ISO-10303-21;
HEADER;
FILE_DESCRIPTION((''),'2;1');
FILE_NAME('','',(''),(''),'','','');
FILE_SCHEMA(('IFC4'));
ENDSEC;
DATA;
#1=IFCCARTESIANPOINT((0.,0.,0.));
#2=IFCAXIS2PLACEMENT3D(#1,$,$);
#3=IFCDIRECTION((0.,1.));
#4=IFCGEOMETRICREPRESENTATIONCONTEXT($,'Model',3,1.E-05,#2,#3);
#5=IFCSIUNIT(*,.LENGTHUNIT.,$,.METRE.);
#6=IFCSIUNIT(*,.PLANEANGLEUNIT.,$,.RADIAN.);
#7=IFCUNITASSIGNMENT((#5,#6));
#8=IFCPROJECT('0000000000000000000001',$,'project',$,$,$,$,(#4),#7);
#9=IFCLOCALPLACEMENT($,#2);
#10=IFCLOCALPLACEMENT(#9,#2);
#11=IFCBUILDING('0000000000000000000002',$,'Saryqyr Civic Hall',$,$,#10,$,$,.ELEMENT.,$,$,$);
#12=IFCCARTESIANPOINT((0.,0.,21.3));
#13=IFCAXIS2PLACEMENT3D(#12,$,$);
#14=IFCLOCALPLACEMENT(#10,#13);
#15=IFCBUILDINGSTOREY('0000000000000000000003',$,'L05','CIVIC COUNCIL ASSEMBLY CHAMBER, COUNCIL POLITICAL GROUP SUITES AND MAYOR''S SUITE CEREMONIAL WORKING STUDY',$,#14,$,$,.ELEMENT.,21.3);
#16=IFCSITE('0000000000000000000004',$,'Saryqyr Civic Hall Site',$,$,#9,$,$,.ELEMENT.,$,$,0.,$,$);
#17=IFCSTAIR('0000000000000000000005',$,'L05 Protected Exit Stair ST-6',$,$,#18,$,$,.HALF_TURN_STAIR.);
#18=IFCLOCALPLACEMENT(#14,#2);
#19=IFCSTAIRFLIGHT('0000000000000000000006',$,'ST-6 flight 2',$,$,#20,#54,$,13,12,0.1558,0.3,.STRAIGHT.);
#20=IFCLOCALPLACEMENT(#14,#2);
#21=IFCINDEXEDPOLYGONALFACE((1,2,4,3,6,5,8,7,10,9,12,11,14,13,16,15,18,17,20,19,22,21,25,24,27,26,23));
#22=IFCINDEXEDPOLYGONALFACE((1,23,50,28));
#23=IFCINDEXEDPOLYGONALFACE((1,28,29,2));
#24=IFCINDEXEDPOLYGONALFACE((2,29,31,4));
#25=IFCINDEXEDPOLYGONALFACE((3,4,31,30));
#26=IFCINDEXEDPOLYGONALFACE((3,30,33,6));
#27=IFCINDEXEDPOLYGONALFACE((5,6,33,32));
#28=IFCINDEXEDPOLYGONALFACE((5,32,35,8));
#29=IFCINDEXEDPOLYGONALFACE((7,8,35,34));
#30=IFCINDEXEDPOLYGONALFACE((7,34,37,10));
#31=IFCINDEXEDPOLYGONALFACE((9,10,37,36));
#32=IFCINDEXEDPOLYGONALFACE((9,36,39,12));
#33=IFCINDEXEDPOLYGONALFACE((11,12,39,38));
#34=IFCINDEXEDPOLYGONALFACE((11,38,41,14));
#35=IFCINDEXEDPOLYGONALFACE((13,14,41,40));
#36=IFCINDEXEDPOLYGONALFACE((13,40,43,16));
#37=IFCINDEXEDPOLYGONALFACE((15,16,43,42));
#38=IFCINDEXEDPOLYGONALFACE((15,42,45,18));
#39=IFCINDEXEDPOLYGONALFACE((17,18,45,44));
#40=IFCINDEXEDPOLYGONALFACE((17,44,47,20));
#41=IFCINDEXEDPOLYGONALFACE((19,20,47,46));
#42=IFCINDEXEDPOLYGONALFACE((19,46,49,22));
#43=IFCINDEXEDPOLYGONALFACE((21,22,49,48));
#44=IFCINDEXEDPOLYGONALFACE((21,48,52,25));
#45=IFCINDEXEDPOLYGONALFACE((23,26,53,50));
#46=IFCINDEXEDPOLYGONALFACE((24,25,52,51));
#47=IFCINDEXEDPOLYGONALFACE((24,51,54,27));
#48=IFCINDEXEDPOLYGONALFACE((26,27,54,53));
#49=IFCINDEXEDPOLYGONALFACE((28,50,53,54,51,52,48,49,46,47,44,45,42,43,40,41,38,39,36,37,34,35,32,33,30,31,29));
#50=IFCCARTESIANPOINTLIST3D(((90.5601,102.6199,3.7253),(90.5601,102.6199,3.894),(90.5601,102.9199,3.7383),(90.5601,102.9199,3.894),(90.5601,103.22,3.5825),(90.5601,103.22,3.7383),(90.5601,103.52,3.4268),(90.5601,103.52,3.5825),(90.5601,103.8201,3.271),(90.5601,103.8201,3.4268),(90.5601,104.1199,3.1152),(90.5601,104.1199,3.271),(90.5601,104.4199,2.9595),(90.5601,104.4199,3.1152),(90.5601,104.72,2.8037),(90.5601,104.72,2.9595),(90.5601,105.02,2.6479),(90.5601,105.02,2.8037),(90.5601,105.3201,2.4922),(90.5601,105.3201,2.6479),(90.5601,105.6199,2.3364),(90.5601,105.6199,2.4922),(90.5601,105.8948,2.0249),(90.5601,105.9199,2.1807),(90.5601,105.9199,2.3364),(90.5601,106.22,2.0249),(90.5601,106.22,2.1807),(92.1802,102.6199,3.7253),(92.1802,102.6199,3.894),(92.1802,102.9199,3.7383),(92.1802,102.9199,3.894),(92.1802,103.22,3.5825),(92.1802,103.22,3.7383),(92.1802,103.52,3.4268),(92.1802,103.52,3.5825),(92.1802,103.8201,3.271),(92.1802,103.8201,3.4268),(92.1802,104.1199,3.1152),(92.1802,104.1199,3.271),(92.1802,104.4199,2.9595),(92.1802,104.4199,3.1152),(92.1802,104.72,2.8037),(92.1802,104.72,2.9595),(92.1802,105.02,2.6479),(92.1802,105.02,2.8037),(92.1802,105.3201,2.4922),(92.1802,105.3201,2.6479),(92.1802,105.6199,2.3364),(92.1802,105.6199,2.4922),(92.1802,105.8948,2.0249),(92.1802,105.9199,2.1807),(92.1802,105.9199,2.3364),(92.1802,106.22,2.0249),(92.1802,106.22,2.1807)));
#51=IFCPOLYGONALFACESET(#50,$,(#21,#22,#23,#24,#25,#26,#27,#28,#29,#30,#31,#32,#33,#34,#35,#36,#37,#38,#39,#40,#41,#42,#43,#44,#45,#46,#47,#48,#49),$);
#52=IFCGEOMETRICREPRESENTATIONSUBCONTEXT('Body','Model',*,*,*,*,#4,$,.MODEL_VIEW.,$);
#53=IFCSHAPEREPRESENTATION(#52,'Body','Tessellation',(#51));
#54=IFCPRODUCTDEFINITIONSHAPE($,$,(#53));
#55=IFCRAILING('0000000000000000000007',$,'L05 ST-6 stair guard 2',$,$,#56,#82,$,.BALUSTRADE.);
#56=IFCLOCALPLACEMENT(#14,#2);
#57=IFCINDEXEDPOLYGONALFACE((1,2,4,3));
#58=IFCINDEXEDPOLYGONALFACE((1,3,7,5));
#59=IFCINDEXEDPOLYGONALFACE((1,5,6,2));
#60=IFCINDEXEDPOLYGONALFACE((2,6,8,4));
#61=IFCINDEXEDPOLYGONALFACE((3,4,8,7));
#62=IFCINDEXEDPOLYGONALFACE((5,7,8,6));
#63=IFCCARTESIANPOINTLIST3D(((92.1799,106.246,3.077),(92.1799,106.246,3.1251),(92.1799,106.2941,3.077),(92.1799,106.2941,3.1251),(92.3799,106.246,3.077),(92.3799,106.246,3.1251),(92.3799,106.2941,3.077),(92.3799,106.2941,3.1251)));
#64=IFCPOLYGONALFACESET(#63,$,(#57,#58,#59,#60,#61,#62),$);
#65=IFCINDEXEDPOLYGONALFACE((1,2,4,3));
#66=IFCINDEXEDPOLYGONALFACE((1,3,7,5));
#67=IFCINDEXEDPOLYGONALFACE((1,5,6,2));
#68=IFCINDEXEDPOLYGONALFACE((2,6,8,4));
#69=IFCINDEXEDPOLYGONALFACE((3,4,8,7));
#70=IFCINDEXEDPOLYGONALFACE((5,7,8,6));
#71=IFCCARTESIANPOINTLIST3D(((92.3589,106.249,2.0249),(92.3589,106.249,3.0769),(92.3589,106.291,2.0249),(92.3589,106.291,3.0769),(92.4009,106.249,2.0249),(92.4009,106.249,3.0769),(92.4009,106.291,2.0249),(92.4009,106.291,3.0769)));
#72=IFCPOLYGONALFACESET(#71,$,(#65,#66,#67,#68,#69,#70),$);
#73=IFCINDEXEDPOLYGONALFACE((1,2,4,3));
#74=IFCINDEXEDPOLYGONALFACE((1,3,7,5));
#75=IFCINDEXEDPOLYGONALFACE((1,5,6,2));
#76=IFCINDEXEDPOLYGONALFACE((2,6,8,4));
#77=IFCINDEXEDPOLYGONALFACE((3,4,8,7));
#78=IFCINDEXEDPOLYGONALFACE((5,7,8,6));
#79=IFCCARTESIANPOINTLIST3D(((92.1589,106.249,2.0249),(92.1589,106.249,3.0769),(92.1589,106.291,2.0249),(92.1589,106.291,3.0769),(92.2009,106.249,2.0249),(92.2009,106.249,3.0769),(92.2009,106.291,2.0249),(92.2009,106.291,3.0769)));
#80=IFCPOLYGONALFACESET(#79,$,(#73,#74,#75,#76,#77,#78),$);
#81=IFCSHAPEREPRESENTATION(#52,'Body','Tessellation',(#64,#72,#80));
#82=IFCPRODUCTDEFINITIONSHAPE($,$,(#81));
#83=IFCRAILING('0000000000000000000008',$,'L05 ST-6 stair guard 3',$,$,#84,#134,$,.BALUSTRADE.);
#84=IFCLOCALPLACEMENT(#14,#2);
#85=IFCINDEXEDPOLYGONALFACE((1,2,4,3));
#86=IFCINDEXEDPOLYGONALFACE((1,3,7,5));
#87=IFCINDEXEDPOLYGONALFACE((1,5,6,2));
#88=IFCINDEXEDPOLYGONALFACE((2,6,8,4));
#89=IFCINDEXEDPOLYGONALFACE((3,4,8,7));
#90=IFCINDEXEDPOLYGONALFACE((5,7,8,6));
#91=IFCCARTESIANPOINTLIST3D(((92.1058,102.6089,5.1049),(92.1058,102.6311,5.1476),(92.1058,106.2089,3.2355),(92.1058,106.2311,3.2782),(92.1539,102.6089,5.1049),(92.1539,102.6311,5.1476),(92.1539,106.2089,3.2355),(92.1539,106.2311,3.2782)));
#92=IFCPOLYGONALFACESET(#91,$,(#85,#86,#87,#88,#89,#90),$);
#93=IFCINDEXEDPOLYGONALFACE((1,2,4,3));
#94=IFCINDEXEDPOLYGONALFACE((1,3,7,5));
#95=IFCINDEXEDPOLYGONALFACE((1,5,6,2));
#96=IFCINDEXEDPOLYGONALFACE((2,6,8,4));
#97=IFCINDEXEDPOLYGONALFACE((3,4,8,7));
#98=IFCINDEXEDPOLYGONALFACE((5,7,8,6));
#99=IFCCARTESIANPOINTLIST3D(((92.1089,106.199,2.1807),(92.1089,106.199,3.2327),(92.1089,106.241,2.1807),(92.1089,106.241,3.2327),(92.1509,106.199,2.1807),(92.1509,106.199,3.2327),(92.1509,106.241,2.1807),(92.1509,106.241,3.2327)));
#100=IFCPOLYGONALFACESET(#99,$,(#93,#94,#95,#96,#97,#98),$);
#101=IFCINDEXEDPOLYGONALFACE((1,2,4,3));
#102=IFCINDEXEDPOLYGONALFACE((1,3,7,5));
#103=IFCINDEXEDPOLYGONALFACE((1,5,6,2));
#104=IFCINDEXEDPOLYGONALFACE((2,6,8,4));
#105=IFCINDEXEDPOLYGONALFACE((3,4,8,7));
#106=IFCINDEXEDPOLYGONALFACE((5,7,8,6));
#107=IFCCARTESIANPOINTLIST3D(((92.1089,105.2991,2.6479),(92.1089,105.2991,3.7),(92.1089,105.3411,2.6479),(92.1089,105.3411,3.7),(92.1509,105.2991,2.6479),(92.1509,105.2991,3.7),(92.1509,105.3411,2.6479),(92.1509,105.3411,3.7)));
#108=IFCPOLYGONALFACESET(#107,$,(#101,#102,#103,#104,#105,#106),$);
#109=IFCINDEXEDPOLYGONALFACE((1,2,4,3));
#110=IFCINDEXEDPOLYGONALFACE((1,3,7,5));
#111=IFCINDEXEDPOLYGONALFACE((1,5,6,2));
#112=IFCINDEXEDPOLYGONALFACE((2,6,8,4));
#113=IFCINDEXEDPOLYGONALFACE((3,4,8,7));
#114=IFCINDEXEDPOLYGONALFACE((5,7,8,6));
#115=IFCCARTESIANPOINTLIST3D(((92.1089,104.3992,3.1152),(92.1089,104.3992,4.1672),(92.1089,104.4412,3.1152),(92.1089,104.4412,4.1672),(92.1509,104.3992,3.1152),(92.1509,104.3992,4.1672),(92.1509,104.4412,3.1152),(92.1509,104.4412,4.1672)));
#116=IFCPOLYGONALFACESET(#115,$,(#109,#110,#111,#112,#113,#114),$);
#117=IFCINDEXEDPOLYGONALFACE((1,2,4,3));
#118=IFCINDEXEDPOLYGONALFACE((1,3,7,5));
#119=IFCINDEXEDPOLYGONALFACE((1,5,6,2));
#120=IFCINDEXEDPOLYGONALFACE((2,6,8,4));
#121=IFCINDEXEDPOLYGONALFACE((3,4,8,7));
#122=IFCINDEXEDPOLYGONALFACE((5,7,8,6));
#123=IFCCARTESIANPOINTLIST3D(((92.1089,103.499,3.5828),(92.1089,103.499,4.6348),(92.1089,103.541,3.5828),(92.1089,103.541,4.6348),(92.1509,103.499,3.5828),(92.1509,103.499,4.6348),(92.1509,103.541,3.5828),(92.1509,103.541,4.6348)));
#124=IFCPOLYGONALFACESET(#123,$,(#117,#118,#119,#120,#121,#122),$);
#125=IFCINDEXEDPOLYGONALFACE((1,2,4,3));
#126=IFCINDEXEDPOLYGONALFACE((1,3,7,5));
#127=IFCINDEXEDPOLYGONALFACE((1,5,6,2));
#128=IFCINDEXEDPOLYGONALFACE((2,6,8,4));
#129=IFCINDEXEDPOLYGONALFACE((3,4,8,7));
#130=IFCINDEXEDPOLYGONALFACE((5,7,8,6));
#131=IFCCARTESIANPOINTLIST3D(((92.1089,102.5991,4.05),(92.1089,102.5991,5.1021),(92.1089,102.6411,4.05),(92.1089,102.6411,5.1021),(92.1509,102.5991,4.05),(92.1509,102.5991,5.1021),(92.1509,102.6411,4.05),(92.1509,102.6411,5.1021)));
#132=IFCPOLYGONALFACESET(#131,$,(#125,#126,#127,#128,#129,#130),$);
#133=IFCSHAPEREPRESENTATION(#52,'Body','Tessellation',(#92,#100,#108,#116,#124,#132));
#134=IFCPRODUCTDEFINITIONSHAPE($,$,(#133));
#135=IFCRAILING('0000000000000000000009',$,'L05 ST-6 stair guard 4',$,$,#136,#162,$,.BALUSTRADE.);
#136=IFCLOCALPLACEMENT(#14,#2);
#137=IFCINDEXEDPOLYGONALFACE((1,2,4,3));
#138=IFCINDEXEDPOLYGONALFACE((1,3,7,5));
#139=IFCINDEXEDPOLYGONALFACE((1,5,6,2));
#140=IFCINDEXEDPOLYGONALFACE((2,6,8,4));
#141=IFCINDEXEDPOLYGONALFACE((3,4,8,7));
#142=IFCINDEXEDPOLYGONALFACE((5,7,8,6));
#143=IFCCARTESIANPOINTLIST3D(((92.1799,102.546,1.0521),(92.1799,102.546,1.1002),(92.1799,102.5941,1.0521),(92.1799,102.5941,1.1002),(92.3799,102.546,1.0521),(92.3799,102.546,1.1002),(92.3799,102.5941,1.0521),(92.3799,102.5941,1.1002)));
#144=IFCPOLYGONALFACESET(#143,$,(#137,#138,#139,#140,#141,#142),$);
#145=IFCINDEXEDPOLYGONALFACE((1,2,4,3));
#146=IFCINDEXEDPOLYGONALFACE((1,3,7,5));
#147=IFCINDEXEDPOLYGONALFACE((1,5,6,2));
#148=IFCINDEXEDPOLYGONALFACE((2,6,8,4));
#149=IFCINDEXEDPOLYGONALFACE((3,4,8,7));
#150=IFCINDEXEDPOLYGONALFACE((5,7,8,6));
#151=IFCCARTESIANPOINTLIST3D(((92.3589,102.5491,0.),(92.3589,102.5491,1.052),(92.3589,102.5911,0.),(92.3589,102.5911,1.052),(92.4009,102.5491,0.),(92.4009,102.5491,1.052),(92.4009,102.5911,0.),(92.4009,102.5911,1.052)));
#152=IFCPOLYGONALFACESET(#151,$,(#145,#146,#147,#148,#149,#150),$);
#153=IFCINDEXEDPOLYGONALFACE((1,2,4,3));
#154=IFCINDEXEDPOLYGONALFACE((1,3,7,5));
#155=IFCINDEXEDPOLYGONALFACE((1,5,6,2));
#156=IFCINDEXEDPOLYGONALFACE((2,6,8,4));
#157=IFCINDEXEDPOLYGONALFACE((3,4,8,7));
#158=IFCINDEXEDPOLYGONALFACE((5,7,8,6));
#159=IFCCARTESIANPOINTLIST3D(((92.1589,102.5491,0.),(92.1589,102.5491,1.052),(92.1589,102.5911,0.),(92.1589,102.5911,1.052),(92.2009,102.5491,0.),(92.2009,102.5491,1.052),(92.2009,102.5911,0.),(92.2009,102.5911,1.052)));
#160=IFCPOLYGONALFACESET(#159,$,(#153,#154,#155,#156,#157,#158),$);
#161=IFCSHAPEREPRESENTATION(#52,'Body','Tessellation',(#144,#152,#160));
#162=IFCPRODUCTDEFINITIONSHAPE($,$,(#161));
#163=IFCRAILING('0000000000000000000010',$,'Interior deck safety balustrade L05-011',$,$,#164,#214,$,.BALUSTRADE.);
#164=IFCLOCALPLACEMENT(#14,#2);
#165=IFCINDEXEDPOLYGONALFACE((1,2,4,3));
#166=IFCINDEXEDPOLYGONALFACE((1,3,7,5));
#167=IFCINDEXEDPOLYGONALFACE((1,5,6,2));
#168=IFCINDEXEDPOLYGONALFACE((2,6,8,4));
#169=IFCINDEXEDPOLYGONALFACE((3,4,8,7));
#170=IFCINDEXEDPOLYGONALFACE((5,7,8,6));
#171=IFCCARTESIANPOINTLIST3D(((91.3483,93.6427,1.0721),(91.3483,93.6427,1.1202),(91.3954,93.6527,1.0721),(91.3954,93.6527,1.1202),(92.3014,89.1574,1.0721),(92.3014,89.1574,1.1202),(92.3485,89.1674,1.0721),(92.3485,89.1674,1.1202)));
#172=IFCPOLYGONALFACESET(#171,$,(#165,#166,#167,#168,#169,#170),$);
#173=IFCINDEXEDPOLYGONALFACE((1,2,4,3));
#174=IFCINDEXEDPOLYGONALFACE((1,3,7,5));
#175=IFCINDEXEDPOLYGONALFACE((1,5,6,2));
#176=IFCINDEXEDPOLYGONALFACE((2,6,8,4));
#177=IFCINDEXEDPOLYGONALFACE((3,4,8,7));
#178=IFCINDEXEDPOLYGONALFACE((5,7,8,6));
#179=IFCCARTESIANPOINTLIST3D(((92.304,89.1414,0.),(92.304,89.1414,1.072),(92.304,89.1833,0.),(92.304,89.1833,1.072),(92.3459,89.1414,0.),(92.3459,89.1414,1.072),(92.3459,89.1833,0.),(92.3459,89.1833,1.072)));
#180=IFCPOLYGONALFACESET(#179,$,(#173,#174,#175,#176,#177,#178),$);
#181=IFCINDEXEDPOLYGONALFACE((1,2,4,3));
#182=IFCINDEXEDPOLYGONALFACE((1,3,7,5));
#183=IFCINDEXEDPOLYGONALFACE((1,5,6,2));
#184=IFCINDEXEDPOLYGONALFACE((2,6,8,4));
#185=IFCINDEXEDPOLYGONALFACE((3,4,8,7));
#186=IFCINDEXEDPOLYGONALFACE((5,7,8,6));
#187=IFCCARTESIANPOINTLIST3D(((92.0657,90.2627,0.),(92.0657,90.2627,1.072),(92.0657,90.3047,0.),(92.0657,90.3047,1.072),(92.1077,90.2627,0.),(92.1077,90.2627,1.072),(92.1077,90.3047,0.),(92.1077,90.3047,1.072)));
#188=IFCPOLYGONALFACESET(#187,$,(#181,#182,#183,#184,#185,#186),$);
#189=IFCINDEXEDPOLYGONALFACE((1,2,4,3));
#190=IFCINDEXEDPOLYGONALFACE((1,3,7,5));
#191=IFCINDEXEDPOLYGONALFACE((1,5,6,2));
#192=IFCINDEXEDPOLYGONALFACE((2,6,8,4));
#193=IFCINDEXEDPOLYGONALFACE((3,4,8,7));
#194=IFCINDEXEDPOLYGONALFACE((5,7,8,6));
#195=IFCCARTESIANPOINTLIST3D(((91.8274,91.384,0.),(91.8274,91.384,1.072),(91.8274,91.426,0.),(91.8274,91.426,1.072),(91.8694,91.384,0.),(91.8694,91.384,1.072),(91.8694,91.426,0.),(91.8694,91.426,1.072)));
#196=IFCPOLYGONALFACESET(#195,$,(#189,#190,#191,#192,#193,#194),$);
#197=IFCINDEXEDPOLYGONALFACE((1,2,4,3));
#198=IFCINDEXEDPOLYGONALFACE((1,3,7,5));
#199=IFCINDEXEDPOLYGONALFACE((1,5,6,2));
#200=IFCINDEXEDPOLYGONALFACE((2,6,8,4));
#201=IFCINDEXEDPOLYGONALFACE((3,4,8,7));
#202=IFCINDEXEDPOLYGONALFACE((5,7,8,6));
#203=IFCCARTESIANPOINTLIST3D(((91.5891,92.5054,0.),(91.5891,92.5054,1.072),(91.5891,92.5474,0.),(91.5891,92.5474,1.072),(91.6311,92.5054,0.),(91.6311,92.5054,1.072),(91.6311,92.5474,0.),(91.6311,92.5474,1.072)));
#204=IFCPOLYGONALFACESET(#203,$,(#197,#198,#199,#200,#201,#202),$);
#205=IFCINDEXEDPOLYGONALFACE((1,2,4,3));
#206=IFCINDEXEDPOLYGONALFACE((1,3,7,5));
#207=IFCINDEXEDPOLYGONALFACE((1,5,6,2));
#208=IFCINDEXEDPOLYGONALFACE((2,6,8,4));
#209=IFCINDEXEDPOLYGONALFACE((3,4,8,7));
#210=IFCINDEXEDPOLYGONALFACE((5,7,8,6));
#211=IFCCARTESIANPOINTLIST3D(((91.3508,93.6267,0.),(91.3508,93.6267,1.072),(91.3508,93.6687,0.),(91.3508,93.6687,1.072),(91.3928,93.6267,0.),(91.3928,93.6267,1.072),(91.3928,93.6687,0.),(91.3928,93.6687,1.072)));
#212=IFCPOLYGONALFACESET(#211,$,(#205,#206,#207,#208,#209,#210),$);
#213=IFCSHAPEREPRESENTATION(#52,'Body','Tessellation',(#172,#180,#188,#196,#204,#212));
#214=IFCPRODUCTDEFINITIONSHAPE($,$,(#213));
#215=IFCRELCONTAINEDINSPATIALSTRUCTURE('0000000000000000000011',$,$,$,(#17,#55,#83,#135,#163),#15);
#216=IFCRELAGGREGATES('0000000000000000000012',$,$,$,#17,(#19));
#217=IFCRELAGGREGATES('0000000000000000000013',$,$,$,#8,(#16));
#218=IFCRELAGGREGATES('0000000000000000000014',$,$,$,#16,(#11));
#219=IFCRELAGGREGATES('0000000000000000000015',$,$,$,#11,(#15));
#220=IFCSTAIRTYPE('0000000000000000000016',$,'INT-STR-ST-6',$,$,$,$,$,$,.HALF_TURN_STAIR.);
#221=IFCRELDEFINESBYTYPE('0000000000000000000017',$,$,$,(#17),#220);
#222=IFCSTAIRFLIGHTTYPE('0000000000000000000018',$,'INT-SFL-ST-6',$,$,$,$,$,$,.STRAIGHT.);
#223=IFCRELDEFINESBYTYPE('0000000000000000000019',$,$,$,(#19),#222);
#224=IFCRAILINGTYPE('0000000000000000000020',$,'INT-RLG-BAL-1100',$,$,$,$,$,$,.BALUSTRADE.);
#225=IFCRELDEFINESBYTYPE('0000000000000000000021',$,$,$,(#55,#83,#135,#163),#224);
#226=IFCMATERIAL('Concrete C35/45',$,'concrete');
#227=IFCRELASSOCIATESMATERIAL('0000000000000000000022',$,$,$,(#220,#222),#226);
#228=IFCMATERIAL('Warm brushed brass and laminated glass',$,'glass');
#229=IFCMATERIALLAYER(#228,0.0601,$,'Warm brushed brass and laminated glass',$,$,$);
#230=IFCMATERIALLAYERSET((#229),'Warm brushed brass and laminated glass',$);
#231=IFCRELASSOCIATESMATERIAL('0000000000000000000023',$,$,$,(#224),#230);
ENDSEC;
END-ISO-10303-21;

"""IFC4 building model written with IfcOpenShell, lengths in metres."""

from ifc_helpers import new_model, si_unit, direction, frame, origin, origin_2d, place, context, subcontext, project, spatial, polyline, rectangle, outline, extrude, material, layer, layer_set, type_object, element, aggregate, save


model = new_model("IFC4")

# Units and contexts
model_context = context("Model", 3, precision=1e-05, world=origin(), true_north=direction((0.0, 1.0)))
body_context = subcontext(model_context, "Body", "Model", "MODEL_VIEW")
ifc_project = project(units=[si_unit("LENGTHUNIT", "METRE"), si_unit("PLANEANGLEUNIT", "RADIAN")], contexts=[model_context])

# Site, building, storey
site_placement = place(None, origin())
site = spatial("IfcSite", under=ifc_project, at=site_placement, Name="Saryqyr Civic Hall Site", CompositionType="ELEMENT", RefElevation=0.0)
building_placement = place(site_placement, origin())
building = spatial("IfcBuilding", under=site, at=building_placement, Name="Saryqyr Civic Hall", CompositionType="ELEMENT")
storey_placement = place(building_placement, frame((0.0, 0.0, 21.3)))
storey = spatial("IfcBuildingStorey", under=building, at=storey_placement, Name="L05", Description="CIVIC COUNCIL ASSEMBLY CHAMBER, COUNCIL POLITICAL GROUP SUITES AND MAYOR'S SUITE CEREMONIAL WORKING STUDY", CompositionType="ELEMENT", Elevation=21.3)

# Shared definitions
ifc_material_1 = material(Name="Concrete C35/45", Category="concrete")

# Stair, stair flight
stair_type = type_object("IfcStairType", Name="INT-STR-ST-6", PredefinedType="HALF_TURN_STAIR", material=ifc_material_1)
stair_placement = place(storey_placement, origin())
stair = element("IfcStair", 1, at=stair_placement, inside=storey, type_object=stair_type, Name="L05 Protected Exit Stair ST-6", PredefinedType="HALF_TURN_STAIR")
stair_flight_type = type_object("IfcStairFlightType", Name="INT-SFL-ST-6", PredefinedType="STRAIGHT", material=ifc_material_1)
stair_flight_placement = place(storey_placement, frame((91.3701, 106.22, 2.0249), z_axis=(0.0, 0.0, 1.0), x_axis=(0.0, -1.0, 0.0)))
stair_flight = element("IfcStairFlight", 2, at=stair_flight_placement, type_object=stair_flight_type, Name="ST-6 flight 2", NumberOfRisers=13, NumberOfTreads=12, PredefinedType="STRAIGHT", RiserHeight=0.1558, TreadLength=0.3, context=body_context, shape_type="SweptSolid", body=[
    extrude(outline(polyline([(0.0, 0.0), (0.0, 0.1558), (0.3, 0.1558), (0.3, 0.3115), (0.6001, 0.3115), (0.6001, 0.4673), (0.8999, 0.4673), (0.8999, 0.623), (1.2, 0.623), (1.2, 0.7788), (1.5, 0.7788), (1.5, 0.9346), (1.8, 0.9346), (1.8, 1.0903), (2.1001, 1.0903), (2.1001, 1.2461), (2.3999, 1.2461), (2.3999, 1.4019), (2.7, 1.4019), (2.7, 1.5576), (3.0, 1.5576), (3.0, 1.7134), (3.3, 1.7134), (3.3, 1.8691), (3.6001, 1.8691), (3.6001, 2.0249), (3.6001, 1.7004), (0.3252, 0.0), (0.0, 0.0)])), frame((0.0, 0.8101, 0.0), z_axis=(0.0, -1.0, 0.0), x_axis=(1.0, 0.0, 0.0)), (0.0, 0.0, 1.0), 1.6201),
])
aggregate(stair, [stair_flight])

# Railings
ifc_material_2 = material(Name="Warm brushed brass and laminated glass", Category="glass")
ifc_layer_1 = layer(ifc_material_2, 0.0601, Name="Warm brushed brass and laminated glass")
ifc_layer_set_1 = layer_set([ifc_layer_1], Name="Warm brushed brass and laminated glass")
railing_type_1 = type_object("IfcRailingType", Name="INT-RLG-BAL-1100", PredefinedType="BALUSTRADE", material=ifc_layer_set_1)
railing_1_placement = place(storey_placement, frame((92.3799, 106.27, 2.0249)))
element("IfcRailing", 3, at=railing_1_placement, inside=storey, type_object=railing_type_1, Name="L05 ST-6 stair guard 2", PredefinedType="BALUSTRADE", context=body_context, shape_type="SweptSolid", body=[
    extrude(rectangle(XDim=0.0481, YDim=0.0481, at=origin_2d()), frame((0.0, 0.0, 1.0762), z_axis=(-1.0, 0.0, 0.0), x_axis=(0.0, -1.0, 0.0)), (0.0, 0.0, 1.0), 0.2),
    extrude(rectangle(XDim=0.042, YDim=0.042, at=origin_2d()), origin(), (0.0, 0.0, 1.0), 1.052),
    extrude(rectangle(XDim=0.042, YDim=0.042, at=origin_2d()), frame((-0.2, 0.0, 0.0)), (0.0, 0.0, 1.0), 1.052),
])
railing_2_placement = place(storey_placement, frame((92.1299, 106.22, 2.1807)))
element("IfcRailing", 4, at=railing_2_placement, inside=storey, type_object=railing_type_1, Name="L05 ST-6 stair guard 3", PredefinedType="BALUSTRADE", context=body_context, shape_type="SweptSolid", body=[
    extrude(rectangle(XDim=0.0481, YDim=0.0481, at=origin_2d()), frame((0.0, 0.0, 1.0762), z_axis=(0.0, -0.887473, 0.46086), x_axis=(1.0, 0.0, 0.0)), (0.0, 0.0, 1.0), 4.0564),
    extrude(rectangle(XDim=0.042, YDim=0.042, at=origin_2d()), origin(), (0.0, 0.0, 1.0), 1.052),
    extrude(rectangle(XDim=0.042, YDim=0.042, at=origin_2d()), frame((0.0, -0.8999, 0.4673)), (0.0, 0.0, 1.0), 1.052),
    extrude(rectangle(XDim=0.042, YDim=0.042, at=origin_2d()), frame((0.0, -1.7998, 0.9346)), (0.0, 0.0, 1.0), 1.052),
    extrude(rectangle(XDim=0.042, YDim=0.042, at=origin_2d()), frame((0.0, -2.7, 1.4021)), (0.0, 0.0, 1.0), 1.052),
    extrude(rectangle(XDim=0.042, YDim=0.042, at=origin_2d()), frame((0.0, -3.5999, 1.8694)), (0.0, 0.0, 1.0), 1.052),
])
railing_3_placement = place(storey_placement, frame((92.3799, 102.5701, 0.0)))
element("IfcRailing", 5, at=railing_3_placement, inside=storey, type_object=railing_type_1, Name="L05 ST-6 stair guard 4", PredefinedType="BALUSTRADE", context=body_context, shape_type="SweptSolid", body=[
    extrude(rectangle(XDim=0.0481, YDim=0.0481, at=origin_2d()), frame((0.0, 0.0, 1.0762), z_axis=(-1.0, 0.0, 0.0), x_axis=(0.0, -1.0, 0.0)), (0.0, 0.0, 1.0), 0.2),
    extrude(rectangle(XDim=0.042, YDim=0.042, at=origin_2d()), origin(), (0.0, 0.0, 1.0), 1.052),
    extrude(rectangle(XDim=0.042, YDim=0.042, at=origin_2d()), frame((-0.2, 0.0, 0.0)), (0.0, 0.0, 1.0), 1.052),
])
railing_4_placement = place(storey_placement, frame((92.325, 89.1624, 0.0)))
element("IfcRailing", 6, at=railing_4_placement, inside=storey, type_object=railing_type_1, Name="Interior deck safety balustrade L05-011", PredefinedType="BALUSTRADE", context=body_context, shape_type="SweptSolid", body=[
    extrude(rectangle(XDim=0.0481, YDim=0.0481, at=origin_2d()), frame((0.0, 0.0, 1.0962), z_axis=(-0.207856, 0.978159, 0.0), x_axis=(-0.978159, -0.207856, 0.0)), (0.0, 0.0, 1.0), 4.5854),
    extrude(rectangle(XDim=0.042, YDim=0.042, at=origin_2d()), origin(), (0.0, 0.0, 1.0), 1.072),
    extrude(rectangle(XDim=0.042, YDim=0.042, at=origin_2d()), frame((-0.2383, 1.1213, 0.0)), (0.0, 0.0, 1.0), 1.072),
    extrude(rectangle(XDim=0.042, YDim=0.042, at=origin_2d()), frame((-0.4766, 2.2427, 0.0)), (0.0, 0.0, 1.0), 1.072),
    extrude(rectangle(XDim=0.042, YDim=0.042, at=origin_2d()), frame((-0.7148, 3.364, 0.0)), (0.0, 0.0, 1.0), 1.072),
    extrude(rectangle(XDim=0.042, YDim=0.042, at=origin_2d()), frame((-0.9531, 4.4854, 0.0)), (0.0, 0.0, 1.0), 1.072),
])

save(model, "model.ifc")
